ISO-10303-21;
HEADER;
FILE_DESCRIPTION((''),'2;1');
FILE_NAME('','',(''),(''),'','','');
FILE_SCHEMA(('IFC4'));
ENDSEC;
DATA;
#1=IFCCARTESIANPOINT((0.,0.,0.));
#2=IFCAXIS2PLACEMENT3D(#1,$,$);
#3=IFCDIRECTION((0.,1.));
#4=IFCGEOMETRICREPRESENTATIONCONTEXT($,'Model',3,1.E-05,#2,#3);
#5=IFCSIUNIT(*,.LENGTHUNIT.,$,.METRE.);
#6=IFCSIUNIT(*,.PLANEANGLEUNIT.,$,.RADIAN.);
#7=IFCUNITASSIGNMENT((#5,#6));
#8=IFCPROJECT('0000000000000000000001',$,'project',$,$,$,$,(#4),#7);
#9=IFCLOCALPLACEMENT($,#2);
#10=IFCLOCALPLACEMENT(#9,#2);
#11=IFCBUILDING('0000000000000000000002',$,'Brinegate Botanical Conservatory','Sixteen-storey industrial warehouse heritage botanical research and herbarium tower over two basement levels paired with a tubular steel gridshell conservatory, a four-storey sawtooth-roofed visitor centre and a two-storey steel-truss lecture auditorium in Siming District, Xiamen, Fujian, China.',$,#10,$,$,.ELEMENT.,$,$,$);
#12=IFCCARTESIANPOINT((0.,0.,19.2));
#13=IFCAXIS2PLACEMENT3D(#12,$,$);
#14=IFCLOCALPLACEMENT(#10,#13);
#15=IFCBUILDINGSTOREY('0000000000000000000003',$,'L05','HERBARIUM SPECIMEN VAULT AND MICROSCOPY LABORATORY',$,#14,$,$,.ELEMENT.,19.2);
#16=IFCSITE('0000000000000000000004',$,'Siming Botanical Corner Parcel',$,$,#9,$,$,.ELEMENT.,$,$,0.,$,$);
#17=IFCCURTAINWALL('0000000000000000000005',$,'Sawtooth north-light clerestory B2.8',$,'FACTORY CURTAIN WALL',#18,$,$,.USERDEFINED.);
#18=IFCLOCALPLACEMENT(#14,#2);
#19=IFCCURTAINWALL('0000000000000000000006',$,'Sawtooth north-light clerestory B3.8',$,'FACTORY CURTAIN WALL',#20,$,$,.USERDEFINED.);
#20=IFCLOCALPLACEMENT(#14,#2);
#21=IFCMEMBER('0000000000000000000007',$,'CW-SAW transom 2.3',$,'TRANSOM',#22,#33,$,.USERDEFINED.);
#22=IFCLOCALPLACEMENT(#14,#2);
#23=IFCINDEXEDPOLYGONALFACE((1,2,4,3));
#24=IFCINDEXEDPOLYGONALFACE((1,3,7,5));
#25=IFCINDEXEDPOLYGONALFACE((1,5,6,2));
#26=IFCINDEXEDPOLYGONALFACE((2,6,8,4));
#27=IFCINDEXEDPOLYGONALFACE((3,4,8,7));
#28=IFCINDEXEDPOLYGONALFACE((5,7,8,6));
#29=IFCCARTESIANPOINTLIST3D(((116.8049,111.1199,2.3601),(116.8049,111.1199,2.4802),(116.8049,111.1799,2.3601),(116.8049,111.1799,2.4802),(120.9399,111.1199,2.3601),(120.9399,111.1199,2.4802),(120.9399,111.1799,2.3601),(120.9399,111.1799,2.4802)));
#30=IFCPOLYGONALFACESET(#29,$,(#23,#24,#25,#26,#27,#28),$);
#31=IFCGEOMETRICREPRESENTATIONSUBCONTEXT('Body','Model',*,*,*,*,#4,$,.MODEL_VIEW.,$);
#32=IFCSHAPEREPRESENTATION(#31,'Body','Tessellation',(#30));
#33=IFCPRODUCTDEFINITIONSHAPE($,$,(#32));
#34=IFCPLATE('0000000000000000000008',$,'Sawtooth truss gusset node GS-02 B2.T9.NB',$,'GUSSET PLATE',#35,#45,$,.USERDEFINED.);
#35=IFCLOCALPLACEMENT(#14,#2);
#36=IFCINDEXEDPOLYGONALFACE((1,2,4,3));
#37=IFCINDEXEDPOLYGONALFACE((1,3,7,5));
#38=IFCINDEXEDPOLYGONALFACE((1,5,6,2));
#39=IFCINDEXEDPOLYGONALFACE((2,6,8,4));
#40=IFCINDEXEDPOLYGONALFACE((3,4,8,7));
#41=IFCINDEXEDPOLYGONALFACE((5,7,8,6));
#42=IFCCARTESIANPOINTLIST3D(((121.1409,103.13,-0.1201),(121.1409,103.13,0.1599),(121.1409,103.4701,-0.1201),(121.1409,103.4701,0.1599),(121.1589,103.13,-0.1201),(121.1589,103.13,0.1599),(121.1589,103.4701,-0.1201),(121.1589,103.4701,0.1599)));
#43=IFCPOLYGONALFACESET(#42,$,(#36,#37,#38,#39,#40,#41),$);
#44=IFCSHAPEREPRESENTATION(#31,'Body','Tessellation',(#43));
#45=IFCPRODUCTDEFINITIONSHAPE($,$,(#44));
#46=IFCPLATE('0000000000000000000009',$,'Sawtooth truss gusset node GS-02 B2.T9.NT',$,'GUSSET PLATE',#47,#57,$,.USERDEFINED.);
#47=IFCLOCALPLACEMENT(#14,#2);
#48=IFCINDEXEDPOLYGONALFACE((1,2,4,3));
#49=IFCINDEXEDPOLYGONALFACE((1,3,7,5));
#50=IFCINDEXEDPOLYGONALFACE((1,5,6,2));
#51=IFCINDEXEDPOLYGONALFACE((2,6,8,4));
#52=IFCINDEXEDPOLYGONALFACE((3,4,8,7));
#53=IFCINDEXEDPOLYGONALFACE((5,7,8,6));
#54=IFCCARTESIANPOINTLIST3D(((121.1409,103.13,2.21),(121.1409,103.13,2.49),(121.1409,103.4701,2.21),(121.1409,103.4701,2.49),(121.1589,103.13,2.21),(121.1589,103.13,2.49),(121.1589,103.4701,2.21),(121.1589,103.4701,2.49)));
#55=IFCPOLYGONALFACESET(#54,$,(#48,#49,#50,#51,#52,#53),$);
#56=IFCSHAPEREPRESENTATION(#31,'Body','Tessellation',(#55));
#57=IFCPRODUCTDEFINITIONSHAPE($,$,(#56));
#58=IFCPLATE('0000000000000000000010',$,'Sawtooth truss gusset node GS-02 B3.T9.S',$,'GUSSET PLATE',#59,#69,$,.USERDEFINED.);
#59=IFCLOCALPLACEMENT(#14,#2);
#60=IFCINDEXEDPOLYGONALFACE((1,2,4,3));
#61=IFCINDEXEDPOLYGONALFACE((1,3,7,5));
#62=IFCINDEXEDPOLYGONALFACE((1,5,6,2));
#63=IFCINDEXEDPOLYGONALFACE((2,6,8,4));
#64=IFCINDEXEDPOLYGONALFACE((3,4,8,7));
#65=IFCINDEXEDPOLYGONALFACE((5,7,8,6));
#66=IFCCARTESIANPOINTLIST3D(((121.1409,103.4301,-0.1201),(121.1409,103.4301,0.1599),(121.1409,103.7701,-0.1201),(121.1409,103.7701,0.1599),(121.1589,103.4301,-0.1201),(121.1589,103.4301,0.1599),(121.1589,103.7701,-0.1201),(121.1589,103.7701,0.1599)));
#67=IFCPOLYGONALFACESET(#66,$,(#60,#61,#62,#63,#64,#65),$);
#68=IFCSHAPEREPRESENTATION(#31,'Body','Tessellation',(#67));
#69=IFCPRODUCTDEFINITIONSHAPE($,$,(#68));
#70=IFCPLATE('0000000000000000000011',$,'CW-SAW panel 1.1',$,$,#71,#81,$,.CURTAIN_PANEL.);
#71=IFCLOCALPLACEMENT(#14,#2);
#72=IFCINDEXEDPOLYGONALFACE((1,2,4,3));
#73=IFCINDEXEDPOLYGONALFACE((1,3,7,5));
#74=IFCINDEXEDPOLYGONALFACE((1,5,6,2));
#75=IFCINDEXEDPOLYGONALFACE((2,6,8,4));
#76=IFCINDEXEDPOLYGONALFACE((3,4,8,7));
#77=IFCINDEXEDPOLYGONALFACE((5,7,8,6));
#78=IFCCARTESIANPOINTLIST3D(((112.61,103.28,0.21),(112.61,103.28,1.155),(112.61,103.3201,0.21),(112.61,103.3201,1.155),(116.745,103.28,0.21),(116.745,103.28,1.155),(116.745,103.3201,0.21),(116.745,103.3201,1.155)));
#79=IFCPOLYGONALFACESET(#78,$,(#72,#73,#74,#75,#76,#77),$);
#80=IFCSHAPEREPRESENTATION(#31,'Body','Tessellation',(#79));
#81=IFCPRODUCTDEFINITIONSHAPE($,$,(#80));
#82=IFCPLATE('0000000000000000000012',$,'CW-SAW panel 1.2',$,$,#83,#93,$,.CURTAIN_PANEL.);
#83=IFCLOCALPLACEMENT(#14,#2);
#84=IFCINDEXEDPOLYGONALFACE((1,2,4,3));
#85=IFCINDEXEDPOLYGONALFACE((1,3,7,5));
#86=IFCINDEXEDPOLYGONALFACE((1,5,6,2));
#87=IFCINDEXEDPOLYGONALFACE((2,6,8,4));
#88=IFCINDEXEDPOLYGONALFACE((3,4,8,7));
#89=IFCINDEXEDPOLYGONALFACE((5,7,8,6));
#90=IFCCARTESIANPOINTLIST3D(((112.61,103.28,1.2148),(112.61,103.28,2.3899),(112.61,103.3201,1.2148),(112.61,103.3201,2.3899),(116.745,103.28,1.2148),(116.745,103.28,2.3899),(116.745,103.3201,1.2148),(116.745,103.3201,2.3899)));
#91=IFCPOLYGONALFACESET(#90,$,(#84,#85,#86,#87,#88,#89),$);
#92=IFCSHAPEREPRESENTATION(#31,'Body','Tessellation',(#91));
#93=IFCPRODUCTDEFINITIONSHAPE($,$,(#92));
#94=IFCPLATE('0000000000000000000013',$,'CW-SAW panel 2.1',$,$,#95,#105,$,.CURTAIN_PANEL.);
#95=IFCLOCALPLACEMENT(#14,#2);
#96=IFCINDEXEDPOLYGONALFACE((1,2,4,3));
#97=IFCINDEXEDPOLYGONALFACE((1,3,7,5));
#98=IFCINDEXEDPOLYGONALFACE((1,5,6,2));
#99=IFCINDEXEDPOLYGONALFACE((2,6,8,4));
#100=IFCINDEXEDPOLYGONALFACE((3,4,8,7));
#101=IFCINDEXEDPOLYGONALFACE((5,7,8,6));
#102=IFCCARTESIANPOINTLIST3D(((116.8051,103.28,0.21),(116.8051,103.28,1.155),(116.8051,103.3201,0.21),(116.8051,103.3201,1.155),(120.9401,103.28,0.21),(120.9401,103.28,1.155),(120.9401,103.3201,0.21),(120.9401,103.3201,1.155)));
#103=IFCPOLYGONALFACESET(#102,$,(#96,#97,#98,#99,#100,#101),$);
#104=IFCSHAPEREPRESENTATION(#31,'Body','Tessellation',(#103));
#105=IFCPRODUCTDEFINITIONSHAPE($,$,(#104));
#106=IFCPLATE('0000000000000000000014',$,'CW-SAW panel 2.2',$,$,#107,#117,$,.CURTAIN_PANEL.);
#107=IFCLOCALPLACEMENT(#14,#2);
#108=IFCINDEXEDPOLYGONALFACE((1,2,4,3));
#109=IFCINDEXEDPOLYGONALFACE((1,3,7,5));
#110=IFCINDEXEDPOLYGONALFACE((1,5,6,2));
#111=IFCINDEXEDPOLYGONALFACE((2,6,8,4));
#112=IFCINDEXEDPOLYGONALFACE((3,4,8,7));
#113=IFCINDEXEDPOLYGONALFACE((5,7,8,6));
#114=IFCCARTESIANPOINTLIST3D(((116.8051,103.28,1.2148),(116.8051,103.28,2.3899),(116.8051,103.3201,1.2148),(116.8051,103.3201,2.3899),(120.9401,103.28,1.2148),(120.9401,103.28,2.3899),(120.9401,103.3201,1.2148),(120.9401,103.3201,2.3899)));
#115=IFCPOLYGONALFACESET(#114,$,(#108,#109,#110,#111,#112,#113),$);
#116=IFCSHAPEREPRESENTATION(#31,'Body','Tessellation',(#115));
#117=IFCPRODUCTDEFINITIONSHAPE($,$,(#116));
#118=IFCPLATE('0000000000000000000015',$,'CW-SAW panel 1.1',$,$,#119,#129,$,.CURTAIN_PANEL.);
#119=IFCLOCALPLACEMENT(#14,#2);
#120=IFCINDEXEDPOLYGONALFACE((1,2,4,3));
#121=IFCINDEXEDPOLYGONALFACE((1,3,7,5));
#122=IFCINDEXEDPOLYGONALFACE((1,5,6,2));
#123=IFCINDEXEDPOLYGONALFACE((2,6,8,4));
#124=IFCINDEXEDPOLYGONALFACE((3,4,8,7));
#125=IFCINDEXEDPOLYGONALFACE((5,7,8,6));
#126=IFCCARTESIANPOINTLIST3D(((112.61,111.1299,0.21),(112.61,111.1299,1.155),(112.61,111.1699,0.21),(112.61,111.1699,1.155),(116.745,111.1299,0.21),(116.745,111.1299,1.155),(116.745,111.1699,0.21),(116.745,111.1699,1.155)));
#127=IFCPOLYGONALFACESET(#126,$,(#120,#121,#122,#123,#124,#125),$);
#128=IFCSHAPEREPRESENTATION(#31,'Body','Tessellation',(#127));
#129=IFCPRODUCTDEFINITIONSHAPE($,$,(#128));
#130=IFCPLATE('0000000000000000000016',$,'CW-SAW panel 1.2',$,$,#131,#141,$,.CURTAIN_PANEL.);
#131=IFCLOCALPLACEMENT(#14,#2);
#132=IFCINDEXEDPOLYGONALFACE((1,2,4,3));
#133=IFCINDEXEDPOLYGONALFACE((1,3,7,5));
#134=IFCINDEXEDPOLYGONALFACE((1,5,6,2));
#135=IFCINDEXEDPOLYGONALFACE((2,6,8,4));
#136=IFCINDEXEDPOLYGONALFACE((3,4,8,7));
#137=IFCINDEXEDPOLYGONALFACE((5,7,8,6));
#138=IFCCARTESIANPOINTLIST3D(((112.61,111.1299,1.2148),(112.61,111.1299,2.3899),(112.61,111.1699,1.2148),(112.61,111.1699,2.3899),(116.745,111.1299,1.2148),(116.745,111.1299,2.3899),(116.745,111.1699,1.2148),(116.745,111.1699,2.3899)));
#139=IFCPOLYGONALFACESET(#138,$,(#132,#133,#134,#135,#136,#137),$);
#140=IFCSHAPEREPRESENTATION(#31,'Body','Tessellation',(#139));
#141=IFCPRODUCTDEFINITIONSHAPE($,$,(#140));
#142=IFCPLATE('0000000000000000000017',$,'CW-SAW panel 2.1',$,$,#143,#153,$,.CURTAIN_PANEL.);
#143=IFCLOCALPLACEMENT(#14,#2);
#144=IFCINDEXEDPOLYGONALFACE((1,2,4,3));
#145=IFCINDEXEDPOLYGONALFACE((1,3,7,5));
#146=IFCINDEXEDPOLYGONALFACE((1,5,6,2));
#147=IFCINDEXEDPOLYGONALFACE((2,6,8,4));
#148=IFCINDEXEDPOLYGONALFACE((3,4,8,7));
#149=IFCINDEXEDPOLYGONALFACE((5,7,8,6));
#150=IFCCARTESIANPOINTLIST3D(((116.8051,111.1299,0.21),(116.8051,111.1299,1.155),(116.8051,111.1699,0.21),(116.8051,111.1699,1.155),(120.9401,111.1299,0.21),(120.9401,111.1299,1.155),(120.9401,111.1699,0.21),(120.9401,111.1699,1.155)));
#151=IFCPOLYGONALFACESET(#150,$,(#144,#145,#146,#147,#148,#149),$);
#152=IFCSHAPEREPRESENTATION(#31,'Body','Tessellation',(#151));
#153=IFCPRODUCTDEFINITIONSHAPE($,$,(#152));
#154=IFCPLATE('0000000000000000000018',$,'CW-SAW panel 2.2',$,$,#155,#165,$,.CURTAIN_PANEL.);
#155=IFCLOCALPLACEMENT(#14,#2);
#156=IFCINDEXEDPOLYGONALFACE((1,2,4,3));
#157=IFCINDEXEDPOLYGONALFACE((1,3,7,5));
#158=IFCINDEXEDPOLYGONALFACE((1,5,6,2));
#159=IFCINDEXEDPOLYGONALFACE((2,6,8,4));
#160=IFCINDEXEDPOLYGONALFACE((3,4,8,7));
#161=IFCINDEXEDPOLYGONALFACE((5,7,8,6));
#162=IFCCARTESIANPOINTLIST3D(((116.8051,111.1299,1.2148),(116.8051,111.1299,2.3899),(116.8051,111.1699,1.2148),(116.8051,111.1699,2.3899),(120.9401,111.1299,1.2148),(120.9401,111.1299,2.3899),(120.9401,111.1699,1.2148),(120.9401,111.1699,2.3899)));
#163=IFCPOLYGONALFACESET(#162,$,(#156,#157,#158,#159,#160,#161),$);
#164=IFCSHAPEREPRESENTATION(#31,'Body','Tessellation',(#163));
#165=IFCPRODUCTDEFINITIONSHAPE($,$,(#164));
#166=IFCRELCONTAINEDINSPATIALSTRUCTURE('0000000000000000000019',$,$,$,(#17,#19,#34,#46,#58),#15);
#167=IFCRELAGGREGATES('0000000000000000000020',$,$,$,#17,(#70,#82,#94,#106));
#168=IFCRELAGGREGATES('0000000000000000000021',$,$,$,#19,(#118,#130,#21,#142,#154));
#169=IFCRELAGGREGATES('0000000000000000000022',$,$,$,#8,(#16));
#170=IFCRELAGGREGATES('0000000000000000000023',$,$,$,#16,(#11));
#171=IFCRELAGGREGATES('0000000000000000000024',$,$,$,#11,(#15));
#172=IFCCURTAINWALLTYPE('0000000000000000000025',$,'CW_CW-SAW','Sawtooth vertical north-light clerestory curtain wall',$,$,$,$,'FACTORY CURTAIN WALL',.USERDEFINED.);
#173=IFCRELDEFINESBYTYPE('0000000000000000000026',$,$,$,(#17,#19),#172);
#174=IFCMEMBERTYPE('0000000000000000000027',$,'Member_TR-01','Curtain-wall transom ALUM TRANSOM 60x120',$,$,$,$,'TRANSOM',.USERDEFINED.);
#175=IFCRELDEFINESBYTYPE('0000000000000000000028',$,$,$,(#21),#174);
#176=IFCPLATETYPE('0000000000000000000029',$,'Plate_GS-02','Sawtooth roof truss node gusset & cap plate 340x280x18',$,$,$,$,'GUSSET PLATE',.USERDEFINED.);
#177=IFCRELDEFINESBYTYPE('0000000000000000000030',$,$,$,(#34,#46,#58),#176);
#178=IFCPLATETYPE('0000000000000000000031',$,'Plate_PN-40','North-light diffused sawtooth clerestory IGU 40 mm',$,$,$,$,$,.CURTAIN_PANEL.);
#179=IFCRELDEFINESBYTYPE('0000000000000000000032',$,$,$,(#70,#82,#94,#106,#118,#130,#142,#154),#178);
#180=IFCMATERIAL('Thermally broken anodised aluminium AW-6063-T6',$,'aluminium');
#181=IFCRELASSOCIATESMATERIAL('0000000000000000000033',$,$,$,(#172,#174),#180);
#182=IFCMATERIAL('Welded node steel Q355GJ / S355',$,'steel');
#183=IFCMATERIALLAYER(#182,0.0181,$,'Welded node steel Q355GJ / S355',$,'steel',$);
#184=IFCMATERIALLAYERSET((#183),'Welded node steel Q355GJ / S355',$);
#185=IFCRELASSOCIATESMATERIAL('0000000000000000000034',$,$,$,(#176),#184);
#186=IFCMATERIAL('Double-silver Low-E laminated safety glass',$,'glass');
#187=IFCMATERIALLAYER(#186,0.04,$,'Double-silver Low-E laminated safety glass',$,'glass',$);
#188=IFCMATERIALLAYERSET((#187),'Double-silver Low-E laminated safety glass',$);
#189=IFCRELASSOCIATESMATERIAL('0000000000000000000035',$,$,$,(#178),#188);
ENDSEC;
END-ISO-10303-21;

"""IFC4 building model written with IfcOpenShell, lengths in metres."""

from ifc_helpers import new_model, si_unit, direction, frame, origin, origin_2d, place, context, subcontext, project, spatial, rectangle, extrude, material, layer, layer_set, material_profile, profile_set, type_object, element, aggregate, save


model = new_model("IFC4")

# Units and contexts
model_context = context("Model", 3, precision=1e-05, world=origin(), true_north=direction((0.0, 1.0)))
body_context = subcontext(model_context, "Body", "Model", "MODEL_VIEW")
ifc_project = project(units=[si_unit("LENGTHUNIT", "METRE"), si_unit("PLANEANGLEUNIT", "RADIAN")], contexts=[model_context])

# Site, building, storey
site_placement = place(None, origin())
site = spatial("IfcSite", under=ifc_project, at=site_placement, Name="Siming Botanical Corner Parcel", CompositionType="ELEMENT", RefElevation=0.0)
building_placement = place(site_placement, origin())
building = spatial("IfcBuilding", under=site, at=building_placement, Name="Brinegate Botanical Conservatory", Description="Sixteen-storey industrial warehouse heritage botanical research and herbarium tower over two basement levels paired with a tubular steel gridshell conservatory, a four-storey sawtooth-roofed visitor centre and a two-storey steel-truss lecture auditorium in Siming District, Xiamen, Fujian, China.", CompositionType="ELEMENT")
storey_placement = place(building_placement, frame((0.0, 0.0, 19.2)))
storey = spatial("IfcBuildingStorey", under=building, at=storey_placement, Name="L05", Description="HERBARIUM SPECIMEN VAULT AND MICROSCOPY LABORATORY", CompositionType="ELEMENT", Elevation=19.2)

# Curtain walls
ifc_material_1 = material(Name="Thermally broken anodised aluminium AW-6063-T6", Category="aluminium")
curtain_wall_type = type_object("IfcCurtainWallType", Name="CW_CW-SAW", Description="Sawtooth vertical north-light clerestory curtain wall", ElementType="FACTORY CURTAIN WALL", PredefinedType="USERDEFINED", material=ifc_material_1)
curtain_wall_1_placement = place(storey_placement, origin())
curtain_wall_1 = element("IfcCurtainWall", 1, at=curtain_wall_1_placement, inside=storey, type_object=curtain_wall_type, Name="Sawtooth north-light clerestory B2.8", ObjectType="FACTORY CURTAIN WALL", PredefinedType="USERDEFINED")
curtain_wall_2_placement = place(storey_placement, origin())
curtain_wall_2 = element("IfcCurtainWall", 2, at=curtain_wall_2_placement, inside=storey, type_object=curtain_wall_type, Name="Sawtooth north-light clerestory B3.8", ObjectType="FACTORY CURTAIN WALL", PredefinedType="USERDEFINED")

# Member
ifc_material_profile_1 = material_profile(ifc_material_1, rectangle(XDim=0.0601, YDim=0.1201, at=origin_2d()), Name="ALUM TRANSOM 60x120")
ifc_profile_set_1 = profile_set([ifc_material_profile_1], Name="Thermally broken anodised aluminium AW-6063-T6")
member_type_1 = type_object("IfcMemberType", Name="Member_TR-01", Description="Curtain-wall transom ALUM TRANSOM 60x120", ElementType="TRANSOM", PredefinedType="USERDEFINED", material=ifc_profile_set_1)
member_1_placement = place(storey_placement, frame((116.8049, 111.1499, 2.4202), z_axis=(1.0, 0.0, 0.0), x_axis=(0.0, 1.0, 0.0)))
member_1 = element("IfcMember", 3, at=member_1_placement, type_object=member_type_1, Name="CW-SAW transom 2.3", ObjectType="TRANSOM", PredefinedType="USERDEFINED", context=body_context, shape_type="SweptSolid", body=[
    extrude(rectangle(XDim=0.0601, YDim=0.1201, at=origin_2d()), origin(), (0.0, 0.0, 1.0), 4.135),
])

# Plates
ifc_material_2 = material(Name="Welded node steel Q355GJ / S355", Category="steel")
ifc_layer_1 = layer(ifc_material_2, 0.0181, Name="Welded node steel Q355GJ / S355", Category="steel")
ifc_layer_set_1 = layer_set([ifc_layer_1], Name="Welded node steel Q355GJ / S355")
plate_type_1 = type_object("IfcPlateType", Name="Plate_GS-02", Description="Sawtooth roof truss node gusset & cap plate 340x280x18", ElementType="GUSSET PLATE", PredefinedType="USERDEFINED", material=ifc_layer_set_1)
for number, where, z_axis, x_axis, name in (
    (4, (121.1499, 103.3, -0.1201), (0.0, 0.0, 1.0), (1.0, 0.0, 0.0), "Sawtooth truss gusset node GS-02 B2.T9.NB"),
    (5, (121.1499, 103.3, 2.21), (0.0, 0.0, 1.0), (1.0, 0.0, 0.0), "Sawtooth truss gusset node GS-02 B2.T9.NT"),
    (6, (121.1499, 103.6001, -0.1201), (0.0, 0.0, 1.0), (1.0, 0.0, 0.0), "Sawtooth truss gusset node GS-02 B3.T9.S"),
):
    element("IfcPlate", number, at=place(storey_placement, frame(where, z_axis=z_axis, x_axis=x_axis)), inside=storey, type_object=plate_type_1, Name=name, ObjectType="GUSSET PLATE", PredefinedType="USERDEFINED", context=body_context, shape_type="SweptSolid", body=[
        extrude(rectangle(XDim=0.0181, YDim=0.3401, at=origin_2d()), origin(), (0.0, 0.0, 1.0), 0.28),
    ])

# Plates
ifc_material_3 = material(Name="Double-silver Low-E laminated safety glass", Category="glass")
ifc_layer_2 = layer(ifc_material_3, 0.04, Name="Double-silver Low-E laminated safety glass", Category="glass")
ifc_layer_set_2 = layer_set([ifc_layer_2], Name="Double-silver Low-E laminated safety glass")
plate_type_2 = type_object("IfcPlateType", Name="Plate_PN-40", Description="North-light diffused sawtooth clerestory IGU 40 mm", PredefinedType="CURTAIN_PANEL", material=ifc_layer_set_2)
plate_1_placement = place(storey_placement, frame((114.6775, 103.3, 0.21), z_axis=(0.0, 0.0, 1.0), x_axis=(1.0, 0.0, 0.0)))
plate_1 = element("IfcPlate", 7, at=plate_1_placement, type_object=plate_type_2, Name="CW-SAW panel 1.1", PredefinedType="CURTAIN_PANEL", context=body_context, shape_type="SweptSolid", body=[
    extrude(rectangle(XDim=4.135, YDim=0.04, at=origin_2d()), origin(), (0.0, 0.0, 1.0), 0.9451),
])
plate_2_placement = place(storey_placement, frame((114.6775, 103.3, 1.2148), z_axis=(0.0, 0.0, 1.0), x_axis=(1.0, 0.0, 0.0)))
plate_2 = element("IfcPlate", 8, at=plate_2_placement, type_object=plate_type_2, Name="CW-SAW panel 1.2", PredefinedType="CURTAIN_PANEL", context=body_context, shape_type="SweptSolid", body=[
    extrude(rectangle(XDim=4.135, YDim=0.04, at=origin_2d()), origin(), (0.0, 0.0, 1.0), 1.175),
])
plate_3_placement = place(storey_placement, frame((118.8726, 103.3, 0.21), z_axis=(0.0, 0.0, 1.0), x_axis=(1.0, 0.0, 0.0)))
plate_3 = element("IfcPlate", 9, at=plate_3_placement, type_object=plate_type_2, Name="CW-SAW panel 2.1", PredefinedType="CURTAIN_PANEL", context=body_context, shape_type="SweptSolid", body=[
    extrude(rectangle(XDim=4.135, YDim=0.04, at=origin_2d()), origin(), (0.0, 0.0, 1.0), 0.9451),
])
plate_4_placement = place(storey_placement, frame((118.8726, 103.3, 1.2148), z_axis=(0.0, 0.0, 1.0), x_axis=(1.0, 0.0, 0.0)))
plate_4 = element("IfcPlate", 10, at=plate_4_placement, type_object=plate_type_2, Name="CW-SAW panel 2.2", PredefinedType="CURTAIN_PANEL", context=body_context, shape_type="SweptSolid", body=[
    extrude(rectangle(XDim=4.135, YDim=0.04, at=origin_2d()), origin(), (0.0, 0.0, 1.0), 1.175),
])
aggregate(curtain_wall_1, [plate_1, plate_2, plate_3, plate_4])
plate_5_placement = place(storey_placement, frame((114.6775, 111.1499, 0.21), z_axis=(0.0, 0.0, 1.0), x_axis=(1.0, 0.0, 0.0)))
plate_5 = element("IfcPlate", 11, at=plate_5_placement, type_object=plate_type_2, Name="CW-SAW panel 1.1", PredefinedType="CURTAIN_PANEL", context=body_context, shape_type="SweptSolid", body=[
    extrude(rectangle(XDim=4.135, YDim=0.04, at=origin_2d()), origin(), (0.0, 0.0, 1.0), 0.9451),
])
plate_6_placement = place(storey_placement, frame((114.6775, 111.1499, 1.2148), z_axis=(0.0, 0.0, 1.0), x_axis=(1.0, 0.0, 0.0)))
plate_6 = element("IfcPlate", 12, at=plate_6_placement, type_object=plate_type_2, Name="CW-SAW panel 1.2", PredefinedType="CURTAIN_PANEL", context=body_context, shape_type="SweptSolid", body=[
    extrude(rectangle(XDim=4.135, YDim=0.04, at=origin_2d()), origin(), (0.0, 0.0, 1.0), 1.175),
])
plate_7_placement = place(storey_placement, frame((118.8726, 111.1499, 0.21), z_axis=(0.0, 0.0, 1.0), x_axis=(1.0, 0.0, 0.0)))
plate_7 = element("IfcPlate", 13, at=plate_7_placement, type_object=plate_type_2, Name="CW-SAW panel 2.1", PredefinedType="CURTAIN_PANEL", context=body_context, shape_type="SweptSolid", body=[
    extrude(rectangle(XDim=4.135, YDim=0.04, at=origin_2d()), origin(), (0.0, 0.0, 1.0), 0.9451),
])
plate_8_placement = place(storey_placement, frame((118.8726, 111.1499, 1.2148), z_axis=(0.0, 0.0, 1.0), x_axis=(1.0, 0.0, 0.0)))
plate_8 = element("IfcPlate", 14, at=plate_8_placement, type_object=plate_type_2, Name="CW-SAW panel 2.2", PredefinedType="CURTAIN_PANEL", context=body_context, shape_type="SweptSolid", body=[
    extrude(rectangle(XDim=4.135, YDim=0.04, at=origin_2d()), origin(), (0.0, 0.0, 1.0), 1.175),
])
aggregate(curtain_wall_2, [plate_5, plate_6, member_1, plate_7, plate_8])

save(model, "model.ifc")
